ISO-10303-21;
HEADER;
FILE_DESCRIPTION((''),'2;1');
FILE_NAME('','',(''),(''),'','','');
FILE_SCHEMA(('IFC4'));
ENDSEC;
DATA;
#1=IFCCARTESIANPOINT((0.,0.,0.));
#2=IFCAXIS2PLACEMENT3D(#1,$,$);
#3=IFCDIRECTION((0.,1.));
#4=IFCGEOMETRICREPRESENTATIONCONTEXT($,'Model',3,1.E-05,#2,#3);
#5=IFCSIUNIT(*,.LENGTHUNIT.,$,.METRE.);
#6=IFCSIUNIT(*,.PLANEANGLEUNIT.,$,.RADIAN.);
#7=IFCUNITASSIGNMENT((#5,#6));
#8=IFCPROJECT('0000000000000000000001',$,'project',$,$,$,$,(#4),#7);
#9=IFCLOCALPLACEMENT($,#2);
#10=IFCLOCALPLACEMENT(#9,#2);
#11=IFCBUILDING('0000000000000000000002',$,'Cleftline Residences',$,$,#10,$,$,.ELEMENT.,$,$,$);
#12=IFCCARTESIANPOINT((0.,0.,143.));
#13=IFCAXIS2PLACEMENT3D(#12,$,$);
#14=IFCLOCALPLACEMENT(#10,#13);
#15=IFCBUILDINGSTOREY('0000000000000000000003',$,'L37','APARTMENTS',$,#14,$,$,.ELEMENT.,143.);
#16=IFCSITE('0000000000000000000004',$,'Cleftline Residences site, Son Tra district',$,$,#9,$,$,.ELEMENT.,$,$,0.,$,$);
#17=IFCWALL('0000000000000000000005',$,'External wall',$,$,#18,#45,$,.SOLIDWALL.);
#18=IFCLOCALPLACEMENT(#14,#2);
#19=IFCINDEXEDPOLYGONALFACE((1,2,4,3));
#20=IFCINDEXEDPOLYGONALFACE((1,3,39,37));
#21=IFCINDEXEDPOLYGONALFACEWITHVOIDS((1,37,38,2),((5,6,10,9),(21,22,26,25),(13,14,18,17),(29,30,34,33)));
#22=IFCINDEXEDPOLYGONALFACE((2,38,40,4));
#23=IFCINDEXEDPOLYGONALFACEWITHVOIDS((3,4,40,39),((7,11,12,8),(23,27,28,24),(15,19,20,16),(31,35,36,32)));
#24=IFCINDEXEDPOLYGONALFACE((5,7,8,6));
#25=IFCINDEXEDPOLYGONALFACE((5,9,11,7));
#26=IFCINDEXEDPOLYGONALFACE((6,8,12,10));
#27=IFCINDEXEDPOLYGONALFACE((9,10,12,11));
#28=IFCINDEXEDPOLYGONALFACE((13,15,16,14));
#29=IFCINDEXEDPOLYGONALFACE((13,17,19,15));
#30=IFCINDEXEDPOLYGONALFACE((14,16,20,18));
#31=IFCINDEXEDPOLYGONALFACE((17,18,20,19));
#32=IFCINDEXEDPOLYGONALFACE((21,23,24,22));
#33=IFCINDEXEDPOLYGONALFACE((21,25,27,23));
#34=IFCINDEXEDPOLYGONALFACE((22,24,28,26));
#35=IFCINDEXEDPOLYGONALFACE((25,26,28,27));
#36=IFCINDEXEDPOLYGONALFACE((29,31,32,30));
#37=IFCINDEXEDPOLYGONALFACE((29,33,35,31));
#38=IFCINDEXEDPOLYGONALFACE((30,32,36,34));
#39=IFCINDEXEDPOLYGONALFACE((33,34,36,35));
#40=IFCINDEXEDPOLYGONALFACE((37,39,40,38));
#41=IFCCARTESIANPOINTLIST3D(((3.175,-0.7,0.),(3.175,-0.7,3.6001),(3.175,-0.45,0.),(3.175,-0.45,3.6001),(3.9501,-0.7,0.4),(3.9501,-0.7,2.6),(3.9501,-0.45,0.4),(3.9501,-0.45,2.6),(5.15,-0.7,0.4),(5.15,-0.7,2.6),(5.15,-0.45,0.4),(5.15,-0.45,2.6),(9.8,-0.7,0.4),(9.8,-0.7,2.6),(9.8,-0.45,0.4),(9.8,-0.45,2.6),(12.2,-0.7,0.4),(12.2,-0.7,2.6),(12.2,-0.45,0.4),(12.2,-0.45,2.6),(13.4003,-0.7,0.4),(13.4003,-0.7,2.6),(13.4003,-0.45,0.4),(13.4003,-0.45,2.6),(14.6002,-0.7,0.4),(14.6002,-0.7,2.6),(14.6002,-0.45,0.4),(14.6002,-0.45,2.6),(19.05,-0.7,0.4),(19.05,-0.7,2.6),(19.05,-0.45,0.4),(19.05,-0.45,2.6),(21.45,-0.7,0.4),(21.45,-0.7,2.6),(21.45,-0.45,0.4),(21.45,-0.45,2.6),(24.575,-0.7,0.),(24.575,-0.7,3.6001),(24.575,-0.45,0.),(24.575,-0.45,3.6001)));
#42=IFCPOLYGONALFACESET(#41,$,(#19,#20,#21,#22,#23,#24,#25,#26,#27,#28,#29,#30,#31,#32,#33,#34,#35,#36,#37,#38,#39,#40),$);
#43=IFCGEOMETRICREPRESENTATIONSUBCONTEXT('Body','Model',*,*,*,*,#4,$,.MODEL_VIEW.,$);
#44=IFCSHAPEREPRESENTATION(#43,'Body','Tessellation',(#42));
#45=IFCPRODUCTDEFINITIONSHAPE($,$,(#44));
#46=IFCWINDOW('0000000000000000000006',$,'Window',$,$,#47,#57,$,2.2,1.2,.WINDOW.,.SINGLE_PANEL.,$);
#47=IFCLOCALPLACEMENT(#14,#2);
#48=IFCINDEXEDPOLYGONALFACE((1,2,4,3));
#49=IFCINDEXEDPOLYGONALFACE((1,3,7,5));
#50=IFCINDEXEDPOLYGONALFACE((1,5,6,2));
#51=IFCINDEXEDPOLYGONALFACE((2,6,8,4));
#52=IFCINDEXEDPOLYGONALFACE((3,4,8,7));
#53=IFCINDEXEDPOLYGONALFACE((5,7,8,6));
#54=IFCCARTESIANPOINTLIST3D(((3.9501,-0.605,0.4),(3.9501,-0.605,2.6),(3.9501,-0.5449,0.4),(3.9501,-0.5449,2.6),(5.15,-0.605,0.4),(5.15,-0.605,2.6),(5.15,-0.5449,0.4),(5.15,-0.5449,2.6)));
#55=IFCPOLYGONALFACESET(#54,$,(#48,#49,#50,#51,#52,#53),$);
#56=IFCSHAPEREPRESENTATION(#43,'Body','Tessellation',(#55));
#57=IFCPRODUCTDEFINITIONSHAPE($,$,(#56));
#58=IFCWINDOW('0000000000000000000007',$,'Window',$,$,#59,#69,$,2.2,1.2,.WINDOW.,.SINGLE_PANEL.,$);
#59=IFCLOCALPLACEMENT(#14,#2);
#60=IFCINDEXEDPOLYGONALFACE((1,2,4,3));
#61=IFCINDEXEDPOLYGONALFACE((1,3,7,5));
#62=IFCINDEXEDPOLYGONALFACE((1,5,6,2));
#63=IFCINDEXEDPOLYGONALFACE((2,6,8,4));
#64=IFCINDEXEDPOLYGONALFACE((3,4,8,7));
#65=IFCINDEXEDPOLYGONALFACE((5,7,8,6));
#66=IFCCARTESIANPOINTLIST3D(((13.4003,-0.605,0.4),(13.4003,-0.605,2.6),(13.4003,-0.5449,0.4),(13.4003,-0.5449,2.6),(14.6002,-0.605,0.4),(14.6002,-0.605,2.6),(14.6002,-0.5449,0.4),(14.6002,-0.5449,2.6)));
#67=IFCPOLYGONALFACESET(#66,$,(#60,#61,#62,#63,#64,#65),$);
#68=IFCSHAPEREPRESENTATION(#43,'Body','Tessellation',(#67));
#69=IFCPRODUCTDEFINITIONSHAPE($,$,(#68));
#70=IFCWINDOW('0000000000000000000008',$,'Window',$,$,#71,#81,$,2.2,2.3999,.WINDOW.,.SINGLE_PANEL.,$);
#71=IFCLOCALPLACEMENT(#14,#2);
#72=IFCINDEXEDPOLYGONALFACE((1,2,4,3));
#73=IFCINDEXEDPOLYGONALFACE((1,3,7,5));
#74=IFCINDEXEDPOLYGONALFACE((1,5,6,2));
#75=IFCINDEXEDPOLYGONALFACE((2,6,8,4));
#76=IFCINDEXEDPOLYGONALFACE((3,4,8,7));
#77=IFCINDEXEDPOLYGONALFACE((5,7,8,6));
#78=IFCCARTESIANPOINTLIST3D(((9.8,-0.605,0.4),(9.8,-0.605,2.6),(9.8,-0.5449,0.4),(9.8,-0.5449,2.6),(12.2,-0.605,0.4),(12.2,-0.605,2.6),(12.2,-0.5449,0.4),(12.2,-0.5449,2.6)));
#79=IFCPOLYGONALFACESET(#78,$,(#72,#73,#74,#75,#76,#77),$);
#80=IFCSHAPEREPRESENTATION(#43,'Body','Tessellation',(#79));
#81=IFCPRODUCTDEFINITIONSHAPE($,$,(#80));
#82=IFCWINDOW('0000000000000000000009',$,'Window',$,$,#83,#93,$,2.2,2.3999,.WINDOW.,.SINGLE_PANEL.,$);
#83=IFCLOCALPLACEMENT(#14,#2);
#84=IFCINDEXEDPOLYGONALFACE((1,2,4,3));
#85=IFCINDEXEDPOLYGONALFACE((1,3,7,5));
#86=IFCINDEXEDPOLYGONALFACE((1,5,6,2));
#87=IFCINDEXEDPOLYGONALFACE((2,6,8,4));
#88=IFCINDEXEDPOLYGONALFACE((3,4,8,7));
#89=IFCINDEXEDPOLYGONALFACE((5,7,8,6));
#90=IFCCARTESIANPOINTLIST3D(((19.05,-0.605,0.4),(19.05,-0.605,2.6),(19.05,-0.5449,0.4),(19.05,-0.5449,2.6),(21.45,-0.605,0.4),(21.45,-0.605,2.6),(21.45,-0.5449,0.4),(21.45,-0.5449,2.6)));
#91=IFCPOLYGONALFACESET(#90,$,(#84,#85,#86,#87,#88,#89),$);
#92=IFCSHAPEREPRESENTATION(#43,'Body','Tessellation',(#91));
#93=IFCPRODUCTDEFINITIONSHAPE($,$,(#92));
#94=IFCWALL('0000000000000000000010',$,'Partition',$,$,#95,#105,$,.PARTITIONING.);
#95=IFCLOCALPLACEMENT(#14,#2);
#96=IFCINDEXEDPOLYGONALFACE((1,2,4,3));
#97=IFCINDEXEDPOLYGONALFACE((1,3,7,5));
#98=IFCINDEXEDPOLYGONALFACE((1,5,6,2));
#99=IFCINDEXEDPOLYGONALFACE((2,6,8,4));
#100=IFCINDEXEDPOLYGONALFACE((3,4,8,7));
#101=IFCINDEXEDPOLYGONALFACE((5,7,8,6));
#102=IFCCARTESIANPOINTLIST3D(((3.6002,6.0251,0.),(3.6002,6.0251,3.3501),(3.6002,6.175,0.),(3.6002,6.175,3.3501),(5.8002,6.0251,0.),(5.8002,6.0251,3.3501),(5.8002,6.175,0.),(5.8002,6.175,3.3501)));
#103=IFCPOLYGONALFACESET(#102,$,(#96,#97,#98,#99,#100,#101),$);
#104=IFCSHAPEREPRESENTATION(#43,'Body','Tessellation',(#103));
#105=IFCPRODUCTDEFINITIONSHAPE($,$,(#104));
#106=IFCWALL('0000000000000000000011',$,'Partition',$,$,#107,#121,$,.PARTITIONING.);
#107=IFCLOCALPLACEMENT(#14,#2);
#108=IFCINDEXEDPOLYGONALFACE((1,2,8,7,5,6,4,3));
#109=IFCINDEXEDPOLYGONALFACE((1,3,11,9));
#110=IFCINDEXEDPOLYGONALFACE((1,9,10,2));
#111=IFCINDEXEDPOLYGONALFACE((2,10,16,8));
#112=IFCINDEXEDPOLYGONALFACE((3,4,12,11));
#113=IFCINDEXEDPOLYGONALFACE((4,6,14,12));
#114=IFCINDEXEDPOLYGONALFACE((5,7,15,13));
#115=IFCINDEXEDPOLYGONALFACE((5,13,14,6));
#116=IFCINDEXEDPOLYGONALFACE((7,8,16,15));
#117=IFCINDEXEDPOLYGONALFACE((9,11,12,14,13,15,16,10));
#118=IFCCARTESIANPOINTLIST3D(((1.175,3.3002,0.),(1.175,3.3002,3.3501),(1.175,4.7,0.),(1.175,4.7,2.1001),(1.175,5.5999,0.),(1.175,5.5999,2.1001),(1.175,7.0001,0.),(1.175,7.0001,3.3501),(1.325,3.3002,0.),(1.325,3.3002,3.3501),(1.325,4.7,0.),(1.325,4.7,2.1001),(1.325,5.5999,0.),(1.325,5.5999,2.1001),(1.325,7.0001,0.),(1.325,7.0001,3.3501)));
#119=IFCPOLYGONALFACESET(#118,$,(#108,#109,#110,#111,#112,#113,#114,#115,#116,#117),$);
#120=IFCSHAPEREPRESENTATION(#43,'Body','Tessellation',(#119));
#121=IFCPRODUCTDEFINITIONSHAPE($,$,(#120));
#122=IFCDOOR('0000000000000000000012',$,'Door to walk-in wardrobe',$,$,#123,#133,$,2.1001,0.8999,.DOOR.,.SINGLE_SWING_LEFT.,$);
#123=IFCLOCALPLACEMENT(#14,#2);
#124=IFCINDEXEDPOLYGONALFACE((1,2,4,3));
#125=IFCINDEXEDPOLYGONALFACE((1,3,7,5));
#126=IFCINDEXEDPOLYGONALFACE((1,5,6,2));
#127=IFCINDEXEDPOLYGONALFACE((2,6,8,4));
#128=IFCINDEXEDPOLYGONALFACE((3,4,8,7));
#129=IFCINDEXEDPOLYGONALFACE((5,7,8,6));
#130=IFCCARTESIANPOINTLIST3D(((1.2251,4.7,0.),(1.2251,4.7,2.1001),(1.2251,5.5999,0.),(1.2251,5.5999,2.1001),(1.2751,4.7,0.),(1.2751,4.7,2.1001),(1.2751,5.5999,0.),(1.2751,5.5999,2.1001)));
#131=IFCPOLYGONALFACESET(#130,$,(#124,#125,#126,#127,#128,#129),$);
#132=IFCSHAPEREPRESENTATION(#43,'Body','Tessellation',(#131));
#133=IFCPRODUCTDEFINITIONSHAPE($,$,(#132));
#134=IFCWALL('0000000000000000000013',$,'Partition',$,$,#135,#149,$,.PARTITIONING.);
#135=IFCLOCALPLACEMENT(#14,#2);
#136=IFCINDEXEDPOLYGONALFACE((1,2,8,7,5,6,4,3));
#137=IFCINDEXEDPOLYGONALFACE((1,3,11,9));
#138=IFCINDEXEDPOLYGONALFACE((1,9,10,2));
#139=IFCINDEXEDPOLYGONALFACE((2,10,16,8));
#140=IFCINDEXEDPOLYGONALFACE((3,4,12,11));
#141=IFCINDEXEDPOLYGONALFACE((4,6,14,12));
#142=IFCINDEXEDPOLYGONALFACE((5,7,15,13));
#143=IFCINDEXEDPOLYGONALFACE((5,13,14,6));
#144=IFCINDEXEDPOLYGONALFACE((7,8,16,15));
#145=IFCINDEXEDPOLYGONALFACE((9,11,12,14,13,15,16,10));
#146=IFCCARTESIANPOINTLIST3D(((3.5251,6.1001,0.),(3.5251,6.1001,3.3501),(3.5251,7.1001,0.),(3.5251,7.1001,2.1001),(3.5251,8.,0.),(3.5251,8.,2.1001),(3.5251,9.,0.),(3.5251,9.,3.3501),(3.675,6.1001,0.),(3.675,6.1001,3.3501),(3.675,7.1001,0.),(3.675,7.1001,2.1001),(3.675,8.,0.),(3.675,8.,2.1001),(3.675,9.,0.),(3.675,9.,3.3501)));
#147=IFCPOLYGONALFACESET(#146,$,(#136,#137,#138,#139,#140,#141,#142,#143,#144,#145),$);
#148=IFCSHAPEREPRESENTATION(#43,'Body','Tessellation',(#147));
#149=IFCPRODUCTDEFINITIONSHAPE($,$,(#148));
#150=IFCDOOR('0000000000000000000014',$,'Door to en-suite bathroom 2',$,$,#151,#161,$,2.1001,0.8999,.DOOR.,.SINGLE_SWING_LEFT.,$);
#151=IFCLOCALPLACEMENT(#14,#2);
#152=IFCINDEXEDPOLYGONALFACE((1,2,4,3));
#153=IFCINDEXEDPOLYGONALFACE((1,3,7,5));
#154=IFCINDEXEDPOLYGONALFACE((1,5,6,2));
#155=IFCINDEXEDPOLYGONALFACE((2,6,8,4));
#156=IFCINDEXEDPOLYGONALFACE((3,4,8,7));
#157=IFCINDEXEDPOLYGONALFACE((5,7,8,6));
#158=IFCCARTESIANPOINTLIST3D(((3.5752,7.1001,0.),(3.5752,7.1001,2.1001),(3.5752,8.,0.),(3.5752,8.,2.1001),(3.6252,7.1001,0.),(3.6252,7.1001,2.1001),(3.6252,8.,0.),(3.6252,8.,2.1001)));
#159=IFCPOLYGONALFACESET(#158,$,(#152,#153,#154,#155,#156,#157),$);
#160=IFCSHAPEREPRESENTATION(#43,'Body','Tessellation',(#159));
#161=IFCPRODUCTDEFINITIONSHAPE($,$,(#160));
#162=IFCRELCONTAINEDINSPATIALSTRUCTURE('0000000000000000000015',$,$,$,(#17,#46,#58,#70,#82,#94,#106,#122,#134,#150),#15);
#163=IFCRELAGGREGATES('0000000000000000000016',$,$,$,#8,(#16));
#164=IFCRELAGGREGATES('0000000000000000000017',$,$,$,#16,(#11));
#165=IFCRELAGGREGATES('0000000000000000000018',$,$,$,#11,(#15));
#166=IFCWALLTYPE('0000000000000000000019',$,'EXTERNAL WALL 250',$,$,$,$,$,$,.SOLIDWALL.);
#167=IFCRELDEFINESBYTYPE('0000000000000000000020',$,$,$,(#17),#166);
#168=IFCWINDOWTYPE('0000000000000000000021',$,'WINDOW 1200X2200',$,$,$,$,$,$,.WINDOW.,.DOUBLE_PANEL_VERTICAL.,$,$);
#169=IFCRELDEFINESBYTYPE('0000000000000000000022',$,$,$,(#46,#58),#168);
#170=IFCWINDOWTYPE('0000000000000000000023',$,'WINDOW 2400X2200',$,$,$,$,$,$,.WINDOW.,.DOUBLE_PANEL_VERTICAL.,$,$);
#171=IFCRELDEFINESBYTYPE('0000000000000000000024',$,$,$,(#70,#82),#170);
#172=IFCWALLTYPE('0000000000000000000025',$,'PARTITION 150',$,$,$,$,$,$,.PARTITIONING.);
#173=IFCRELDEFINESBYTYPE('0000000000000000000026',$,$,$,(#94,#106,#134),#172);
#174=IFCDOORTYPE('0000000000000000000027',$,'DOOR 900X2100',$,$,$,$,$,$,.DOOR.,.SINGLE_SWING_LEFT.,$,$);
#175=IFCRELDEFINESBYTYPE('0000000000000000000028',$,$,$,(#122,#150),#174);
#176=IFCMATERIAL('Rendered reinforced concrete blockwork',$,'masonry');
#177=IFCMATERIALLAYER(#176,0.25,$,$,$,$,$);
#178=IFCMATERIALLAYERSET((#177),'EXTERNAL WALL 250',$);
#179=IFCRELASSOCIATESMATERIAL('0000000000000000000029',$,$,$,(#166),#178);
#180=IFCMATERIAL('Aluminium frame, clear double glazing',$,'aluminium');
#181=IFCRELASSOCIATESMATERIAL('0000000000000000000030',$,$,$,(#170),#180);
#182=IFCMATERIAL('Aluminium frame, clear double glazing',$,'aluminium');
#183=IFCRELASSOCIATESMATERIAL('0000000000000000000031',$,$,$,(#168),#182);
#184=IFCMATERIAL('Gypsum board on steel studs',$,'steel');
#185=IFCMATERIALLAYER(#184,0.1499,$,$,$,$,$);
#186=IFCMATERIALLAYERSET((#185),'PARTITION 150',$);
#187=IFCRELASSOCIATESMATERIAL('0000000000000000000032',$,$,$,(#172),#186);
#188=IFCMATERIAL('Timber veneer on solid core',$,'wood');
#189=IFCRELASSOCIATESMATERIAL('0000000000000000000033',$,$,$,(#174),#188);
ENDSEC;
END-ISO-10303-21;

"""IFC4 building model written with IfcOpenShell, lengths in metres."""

from ifc_helpers import new_model, si_unit, direction, frame, frame_2d, origin, place, context, subcontext, project, spatial, rectangle, extrude, material, layer, layer_set, type_object, element, fill, save


model = new_model("IFC4")

# Units and contexts
model_context = context("Model", 3, precision=1e-05, world=origin(), true_north=direction((0.0, 1.0)))
body_context = subcontext(model_context, "Body", "Model", "MODEL_VIEW")
ifc_project = project(units=[si_unit("LENGTHUNIT", "METRE"), si_unit("PLANEANGLEUNIT", "RADIAN")], contexts=[model_context])

# Site, building, storey
site_placement = place(None, origin())
site = spatial("IfcSite", under=ifc_project, at=site_placement, Name="Cleftline Residences site, Son Tra district", CompositionType="ELEMENT", RefElevation=0.0)
building_placement = place(site_placement, origin())
building = spatial("IfcBuilding", under=site, at=building_placement, Name="Cleftline Residences", CompositionType="ELEMENT")
storey_placement = place(building_placement, frame((0.0, 0.0, 143.0)))
storey = spatial("IfcBuildingStorey", under=building, at=storey_placement, Name="L37", Description="APARTMENTS", CompositionType="ELEMENT", Elevation=143.0)

# Shared definitions
ifc_material_1 = material(Name="Rendered reinforced concrete blockwork", Category="masonry")
ifc_layer_1 = layer(ifc_material_1, 0.25)
ifc_layer_set_1 = layer_set([ifc_layer_1], Name="EXTERNAL WALL 250")
wall_type_1 = type_object("IfcWallType", Name="EXTERNAL WALL 250", PredefinedType="SOLIDWALL", material=ifc_layer_set_1)
ifc_material_2 = material(Name="Aluminium frame, clear double glazing", Category="aluminium")
window_type_1 = type_object("IfcWindowType", Name="WINDOW 2400X2200", PartitioningType="DOUBLE_PANEL_VERTICAL", PredefinedType="WINDOW", material=ifc_material_2)

# Wall, openings, windows
wall_1_placement = place(storey_placement, frame((3.175, -0.575, 0.0), z_axis=(0.0, 0.0, 1.0), x_axis=(1.0, 0.0, 0.0)))
wall_1 = element("IfcWall", 1, at=wall_1_placement, inside=storey, type_object=wall_type_1, Name="External wall", PredefinedType="SOLIDWALL", context=body_context, shape_type="SweptSolid", body=[
    extrude(rectangle(XDim=21.3999, YDim=0.25, at=frame_2d((10.7, 0.0))), origin(), (0.0, 0.0, 1.0), 3.6001),
])
opening_1_placement = place(wall_1_placement, frame((0.7749, 0.0, 0.3999)))
opening_1 = element("IfcOpeningElement", 2, at=opening_1_placement, cuts=wall_1, PredefinedType="OPENING", context=body_context, shape_type="SweptSolid", body=[
    extrude(rectangle(XDim=1.2, YDim=2.2, at=frame_2d((0.6001, 1.1001))), frame((0.0, 0.135, 0.0), z_axis=(0.0, -1.0, 0.0), x_axis=(1.0, 0.0, 0.0)), (0.0, 0.0, 1.0), 0.27),
])
opening_2_placement = place(wall_1_placement, frame((6.625, 0.0, 0.3999)))
opening_2 = element("IfcOpeningElement", 3, at=opening_2_placement, cuts=wall_1, PredefinedType="OPENING", context=body_context, shape_type="SweptSolid", body=[
    extrude(rectangle(XDim=2.3999, YDim=2.2, at=frame_2d((1.2, 1.1001))), frame((0.0, 0.135, 0.0), z_axis=(0.0, -1.0, 0.0), x_axis=(1.0, 0.0, 0.0)), (0.0, 0.0, 1.0), 0.27),
])
opening_3_placement = place(wall_1_placement, frame((10.2251, 0.0, 0.3999)))
opening_3 = element("IfcOpeningElement", 4, at=opening_3_placement, cuts=wall_1, PredefinedType="OPENING", context=body_context, shape_type="SweptSolid", body=[
    extrude(rectangle(XDim=1.2, YDim=2.2, at=frame_2d((0.6001, 1.1001))), frame((0.0, 0.135, 0.0), z_axis=(0.0, -1.0, 0.0), x_axis=(1.0, 0.0, 0.0)), (0.0, 0.0, 1.0), 0.27),
])
opening_4_placement = place(wall_1_placement, frame((15.875, 0.0, 0.3999)))
opening_4 = element("IfcOpeningElement", 5, at=opening_4_placement, cuts=wall_1, PredefinedType="OPENING", context=body_context, shape_type="SweptSolid", body=[
    extrude(rectangle(XDim=2.3999, YDim=2.2, at=frame_2d((1.2, 1.1001))), frame((0.0, 0.135, 0.0), z_axis=(0.0, -1.0, 0.0), x_axis=(1.0, 0.0, 0.0)), (0.0, 0.0, 1.0), 0.27),
])
ifc_material_3 = material(Name="Aluminium frame, clear double glazing", Category="aluminium")
window_type_2 = type_object("IfcWindowType", Name="WINDOW 1200X2200", PartitioningType="DOUBLE_PANEL_VERTICAL", PredefinedType="WINDOW", material=ifc_material_3)
window_1_placement = place(opening_1_placement, origin())
window_1 = element("IfcWindow", 6, at=window_1_placement, inside=storey, type_object=window_type_2, Name="Window", OverallHeight=2.2, OverallWidth=1.2, PartitioningType="SINGLE_PANEL", PredefinedType="WINDOW", context=body_context, shape_type="SweptSolid", body=[
    extrude(rectangle(XDim=1.2, YDim=2.2, at=frame_2d((0.6001, 1.1001))), frame((0.0, 0.03, 0.0), z_axis=(0.0, -1.0, 0.0), x_axis=(1.0, 0.0, 0.0)), (0.0, 0.0, 1.0), 0.0601),
])
fill(opening_1, window_1)
window_2_placement = place(opening_3_placement, origin())
window_2 = element("IfcWindow", 7, at=window_2_placement, inside=storey, type_object=window_type_2, Name="Window", OverallHeight=2.2, OverallWidth=1.2, PartitioningType="SINGLE_PANEL", PredefinedType="WINDOW", context=body_context, shape_type="SweptSolid", body=[
    extrude(rectangle(XDim=1.2, YDim=2.2, at=frame_2d((0.6001, 1.1001))), frame((0.0, 0.03, 0.0), z_axis=(0.0, -1.0, 0.0), x_axis=(1.0, 0.0, 0.0)), (0.0, 0.0, 1.0), 0.0601),
])
fill(opening_3, window_2)
window_3_placement = place(opening_2_placement, origin())
window_3 = element("IfcWindow", 8, at=window_3_placement, inside=storey, type_object=window_type_1, Name="Window", OverallHeight=2.2, OverallWidth=2.3999, PartitioningType="SINGLE_PANEL", PredefinedType="WINDOW", context=body_context, shape_type="SweptSolid", body=[
    extrude(rectangle(XDim=2.3999, YDim=2.2, at=frame_2d((1.2, 1.1001))), frame((0.0, 0.03, 0.0), z_axis=(0.0, -1.0, 0.0), x_axis=(1.0, 0.0, 0.0)), (0.0, 0.0, 1.0), 0.0601),
])
fill(opening_2, window_3)
window_4_placement = place(opening_4_placement, origin())
window_4 = element("IfcWindow", 9, at=window_4_placement, inside=storey, type_object=window_type_1, Name="Window", OverallHeight=2.2, OverallWidth=2.3999, PartitioningType="SINGLE_PANEL", PredefinedType="WINDOW", context=body_context, shape_type="SweptSolid", body=[
    extrude(rectangle(XDim=2.3999, YDim=2.2, at=frame_2d((1.2, 1.1001))), frame((0.0, 0.03, 0.0), z_axis=(0.0, -1.0, 0.0), x_axis=(1.0, 0.0, 0.0)), (0.0, 0.0, 1.0), 0.0601),
])
fill(opening_4, window_4)

# Wall
ifc_material_4 = material(Name="Gypsum board on steel studs", Category="steel")
ifc_layer_2 = layer(ifc_material_4, 0.1499)
ifc_layer_set_2 = layer_set([ifc_layer_2], Name="PARTITION 150")
wall_type_2 = type_object("IfcWallType", Name="PARTITION 150", PredefinedType="PARTITIONING", material=ifc_layer_set_2)
wall_2_placement = place(storey_placement, frame((3.6001, 6.1001, 0.0), z_axis=(0.0, 0.0, 1.0), x_axis=(1.0, 0.0, 0.0)))
element("IfcWall", 10, at=wall_2_placement, inside=storey, type_object=wall_type_2, Name="Partition", PredefinedType="PARTITIONING", context=body_context, shape_type="SweptSolid", body=[
    extrude(rectangle(XDim=2.2, YDim=0.1499, at=frame_2d((1.1001, 0.0))), origin(), (0.0, 0.0, 1.0), 3.3501),
])

# Walls, openings, doors
wall_3_placement = place(storey_placement, frame((1.25, 3.3, 0.0), z_axis=(0.0, 0.0, 1.0), x_axis=(0.0, 1.0, 0.0)))
wall_3 = element("IfcWall", 11, at=wall_3_placement, inside=storey, type_object=wall_type_2, Name="Partition", PredefinedType="PARTITIONING", context=body_context, shape_type="SweptSolid", body=[
    extrude(rectangle(XDim=3.7, YDim=0.1499, at=frame_2d((1.8501, 0.0))), origin(), (0.0, 0.0, 1.0), 3.3501),
])
opening_5_placement = place(wall_3_placement, frame((1.3999, 0.0, 0.0)))
opening_5 = element("IfcOpeningElement", 12, at=opening_5_placement, cuts=wall_3, PredefinedType="OPENING", context=body_context, shape_type="SweptSolid", body=[
    extrude(rectangle(XDim=0.8999, YDim=2.1001, at=frame_2d((0.45, 1.05))), frame((0.0, 0.085, 0.0), z_axis=(0.0, -1.0, 0.0), x_axis=(1.0, 0.0, 0.0)), (0.0, 0.0, 1.0), 0.1699),
])
ifc_material_5 = material(Name="Timber veneer on solid core", Category="wood")
door_type = type_object("IfcDoorType", Name="DOOR 900X2100", OperationType="SINGLE_SWING_LEFT", PredefinedType="DOOR", material=ifc_material_5)
door_1_placement = place(opening_5_placement, origin())
door_1 = element("IfcDoor", 13, at=door_1_placement, inside=storey, type_object=door_type, Name="Door to walk-in wardrobe", OperationType="SINGLE_SWING_LEFT", OverallHeight=2.1001, OverallWidth=0.8999, PredefinedType="DOOR", context=body_context, shape_type="SweptSolid", body=[
    extrude(rectangle(XDim=0.8999, YDim=2.1001, at=frame_2d((0.45, 1.05))), frame((0.0, 0.0249, 0.0), z_axis=(0.0, -1.0, 0.0), x_axis=(1.0, 0.0, 0.0)), (0.0, 0.0, 1.0), 0.05),
])
fill(opening_5, door_1)
wall_4_placement = place(storey_placement, frame((3.6001, 6.1001, 0.0), z_axis=(0.0, 0.0, 1.0), x_axis=(0.0, 1.0, 0.0)))
wall_4 = element("IfcWall", 14, at=wall_4_placement, inside=storey, type_object=wall_type_2, Name="Partition", PredefinedType="PARTITIONING", context=body_context, shape_type="SweptSolid", body=[
    extrude(rectangle(XDim=2.8999, YDim=0.1499, at=frame_2d((1.45, 0.0))), origin(), (0.0, 0.0, 1.0), 3.3501),
])
opening_6_placement = place(wall_4_placement, frame((1.0, 0.0, 0.0)))
opening_6 = element("IfcOpeningElement", 15, at=opening_6_placement, cuts=wall_4, PredefinedType="OPENING", context=body_context, shape_type="SweptSolid", body=[
    extrude(rectangle(XDim=0.8999, YDim=2.1001, at=frame_2d((0.45, 1.05))), frame((0.0, 0.085, 0.0), z_axis=(0.0, -1.0, 0.0), x_axis=(1.0, 0.0, 0.0)), (0.0, 0.0, 1.0), 0.1699),
])
door_2_placement = place(opening_6_placement, origin())
door_2 = element("IfcDoor", 16, at=door_2_placement, inside=storey, type_object=door_type, Name="Door to en-suite bathroom 2", OperationType="SINGLE_SWING_LEFT", OverallHeight=2.1001, OverallWidth=0.8999, PredefinedType="DOOR", context=body_context, shape_type="SweptSolid", body=[
    extrude(rectangle(XDim=0.8999, YDim=2.1001, at=frame_2d((0.45, 1.05))), frame((0.0, 0.0249, 0.0), z_axis=(0.0, -1.0, 0.0), x_axis=(1.0, 0.0, 0.0)), (0.0, 0.0, 1.0), 0.05),
])
fill(opening_6, door_2)

save(model, "model.ifc")
